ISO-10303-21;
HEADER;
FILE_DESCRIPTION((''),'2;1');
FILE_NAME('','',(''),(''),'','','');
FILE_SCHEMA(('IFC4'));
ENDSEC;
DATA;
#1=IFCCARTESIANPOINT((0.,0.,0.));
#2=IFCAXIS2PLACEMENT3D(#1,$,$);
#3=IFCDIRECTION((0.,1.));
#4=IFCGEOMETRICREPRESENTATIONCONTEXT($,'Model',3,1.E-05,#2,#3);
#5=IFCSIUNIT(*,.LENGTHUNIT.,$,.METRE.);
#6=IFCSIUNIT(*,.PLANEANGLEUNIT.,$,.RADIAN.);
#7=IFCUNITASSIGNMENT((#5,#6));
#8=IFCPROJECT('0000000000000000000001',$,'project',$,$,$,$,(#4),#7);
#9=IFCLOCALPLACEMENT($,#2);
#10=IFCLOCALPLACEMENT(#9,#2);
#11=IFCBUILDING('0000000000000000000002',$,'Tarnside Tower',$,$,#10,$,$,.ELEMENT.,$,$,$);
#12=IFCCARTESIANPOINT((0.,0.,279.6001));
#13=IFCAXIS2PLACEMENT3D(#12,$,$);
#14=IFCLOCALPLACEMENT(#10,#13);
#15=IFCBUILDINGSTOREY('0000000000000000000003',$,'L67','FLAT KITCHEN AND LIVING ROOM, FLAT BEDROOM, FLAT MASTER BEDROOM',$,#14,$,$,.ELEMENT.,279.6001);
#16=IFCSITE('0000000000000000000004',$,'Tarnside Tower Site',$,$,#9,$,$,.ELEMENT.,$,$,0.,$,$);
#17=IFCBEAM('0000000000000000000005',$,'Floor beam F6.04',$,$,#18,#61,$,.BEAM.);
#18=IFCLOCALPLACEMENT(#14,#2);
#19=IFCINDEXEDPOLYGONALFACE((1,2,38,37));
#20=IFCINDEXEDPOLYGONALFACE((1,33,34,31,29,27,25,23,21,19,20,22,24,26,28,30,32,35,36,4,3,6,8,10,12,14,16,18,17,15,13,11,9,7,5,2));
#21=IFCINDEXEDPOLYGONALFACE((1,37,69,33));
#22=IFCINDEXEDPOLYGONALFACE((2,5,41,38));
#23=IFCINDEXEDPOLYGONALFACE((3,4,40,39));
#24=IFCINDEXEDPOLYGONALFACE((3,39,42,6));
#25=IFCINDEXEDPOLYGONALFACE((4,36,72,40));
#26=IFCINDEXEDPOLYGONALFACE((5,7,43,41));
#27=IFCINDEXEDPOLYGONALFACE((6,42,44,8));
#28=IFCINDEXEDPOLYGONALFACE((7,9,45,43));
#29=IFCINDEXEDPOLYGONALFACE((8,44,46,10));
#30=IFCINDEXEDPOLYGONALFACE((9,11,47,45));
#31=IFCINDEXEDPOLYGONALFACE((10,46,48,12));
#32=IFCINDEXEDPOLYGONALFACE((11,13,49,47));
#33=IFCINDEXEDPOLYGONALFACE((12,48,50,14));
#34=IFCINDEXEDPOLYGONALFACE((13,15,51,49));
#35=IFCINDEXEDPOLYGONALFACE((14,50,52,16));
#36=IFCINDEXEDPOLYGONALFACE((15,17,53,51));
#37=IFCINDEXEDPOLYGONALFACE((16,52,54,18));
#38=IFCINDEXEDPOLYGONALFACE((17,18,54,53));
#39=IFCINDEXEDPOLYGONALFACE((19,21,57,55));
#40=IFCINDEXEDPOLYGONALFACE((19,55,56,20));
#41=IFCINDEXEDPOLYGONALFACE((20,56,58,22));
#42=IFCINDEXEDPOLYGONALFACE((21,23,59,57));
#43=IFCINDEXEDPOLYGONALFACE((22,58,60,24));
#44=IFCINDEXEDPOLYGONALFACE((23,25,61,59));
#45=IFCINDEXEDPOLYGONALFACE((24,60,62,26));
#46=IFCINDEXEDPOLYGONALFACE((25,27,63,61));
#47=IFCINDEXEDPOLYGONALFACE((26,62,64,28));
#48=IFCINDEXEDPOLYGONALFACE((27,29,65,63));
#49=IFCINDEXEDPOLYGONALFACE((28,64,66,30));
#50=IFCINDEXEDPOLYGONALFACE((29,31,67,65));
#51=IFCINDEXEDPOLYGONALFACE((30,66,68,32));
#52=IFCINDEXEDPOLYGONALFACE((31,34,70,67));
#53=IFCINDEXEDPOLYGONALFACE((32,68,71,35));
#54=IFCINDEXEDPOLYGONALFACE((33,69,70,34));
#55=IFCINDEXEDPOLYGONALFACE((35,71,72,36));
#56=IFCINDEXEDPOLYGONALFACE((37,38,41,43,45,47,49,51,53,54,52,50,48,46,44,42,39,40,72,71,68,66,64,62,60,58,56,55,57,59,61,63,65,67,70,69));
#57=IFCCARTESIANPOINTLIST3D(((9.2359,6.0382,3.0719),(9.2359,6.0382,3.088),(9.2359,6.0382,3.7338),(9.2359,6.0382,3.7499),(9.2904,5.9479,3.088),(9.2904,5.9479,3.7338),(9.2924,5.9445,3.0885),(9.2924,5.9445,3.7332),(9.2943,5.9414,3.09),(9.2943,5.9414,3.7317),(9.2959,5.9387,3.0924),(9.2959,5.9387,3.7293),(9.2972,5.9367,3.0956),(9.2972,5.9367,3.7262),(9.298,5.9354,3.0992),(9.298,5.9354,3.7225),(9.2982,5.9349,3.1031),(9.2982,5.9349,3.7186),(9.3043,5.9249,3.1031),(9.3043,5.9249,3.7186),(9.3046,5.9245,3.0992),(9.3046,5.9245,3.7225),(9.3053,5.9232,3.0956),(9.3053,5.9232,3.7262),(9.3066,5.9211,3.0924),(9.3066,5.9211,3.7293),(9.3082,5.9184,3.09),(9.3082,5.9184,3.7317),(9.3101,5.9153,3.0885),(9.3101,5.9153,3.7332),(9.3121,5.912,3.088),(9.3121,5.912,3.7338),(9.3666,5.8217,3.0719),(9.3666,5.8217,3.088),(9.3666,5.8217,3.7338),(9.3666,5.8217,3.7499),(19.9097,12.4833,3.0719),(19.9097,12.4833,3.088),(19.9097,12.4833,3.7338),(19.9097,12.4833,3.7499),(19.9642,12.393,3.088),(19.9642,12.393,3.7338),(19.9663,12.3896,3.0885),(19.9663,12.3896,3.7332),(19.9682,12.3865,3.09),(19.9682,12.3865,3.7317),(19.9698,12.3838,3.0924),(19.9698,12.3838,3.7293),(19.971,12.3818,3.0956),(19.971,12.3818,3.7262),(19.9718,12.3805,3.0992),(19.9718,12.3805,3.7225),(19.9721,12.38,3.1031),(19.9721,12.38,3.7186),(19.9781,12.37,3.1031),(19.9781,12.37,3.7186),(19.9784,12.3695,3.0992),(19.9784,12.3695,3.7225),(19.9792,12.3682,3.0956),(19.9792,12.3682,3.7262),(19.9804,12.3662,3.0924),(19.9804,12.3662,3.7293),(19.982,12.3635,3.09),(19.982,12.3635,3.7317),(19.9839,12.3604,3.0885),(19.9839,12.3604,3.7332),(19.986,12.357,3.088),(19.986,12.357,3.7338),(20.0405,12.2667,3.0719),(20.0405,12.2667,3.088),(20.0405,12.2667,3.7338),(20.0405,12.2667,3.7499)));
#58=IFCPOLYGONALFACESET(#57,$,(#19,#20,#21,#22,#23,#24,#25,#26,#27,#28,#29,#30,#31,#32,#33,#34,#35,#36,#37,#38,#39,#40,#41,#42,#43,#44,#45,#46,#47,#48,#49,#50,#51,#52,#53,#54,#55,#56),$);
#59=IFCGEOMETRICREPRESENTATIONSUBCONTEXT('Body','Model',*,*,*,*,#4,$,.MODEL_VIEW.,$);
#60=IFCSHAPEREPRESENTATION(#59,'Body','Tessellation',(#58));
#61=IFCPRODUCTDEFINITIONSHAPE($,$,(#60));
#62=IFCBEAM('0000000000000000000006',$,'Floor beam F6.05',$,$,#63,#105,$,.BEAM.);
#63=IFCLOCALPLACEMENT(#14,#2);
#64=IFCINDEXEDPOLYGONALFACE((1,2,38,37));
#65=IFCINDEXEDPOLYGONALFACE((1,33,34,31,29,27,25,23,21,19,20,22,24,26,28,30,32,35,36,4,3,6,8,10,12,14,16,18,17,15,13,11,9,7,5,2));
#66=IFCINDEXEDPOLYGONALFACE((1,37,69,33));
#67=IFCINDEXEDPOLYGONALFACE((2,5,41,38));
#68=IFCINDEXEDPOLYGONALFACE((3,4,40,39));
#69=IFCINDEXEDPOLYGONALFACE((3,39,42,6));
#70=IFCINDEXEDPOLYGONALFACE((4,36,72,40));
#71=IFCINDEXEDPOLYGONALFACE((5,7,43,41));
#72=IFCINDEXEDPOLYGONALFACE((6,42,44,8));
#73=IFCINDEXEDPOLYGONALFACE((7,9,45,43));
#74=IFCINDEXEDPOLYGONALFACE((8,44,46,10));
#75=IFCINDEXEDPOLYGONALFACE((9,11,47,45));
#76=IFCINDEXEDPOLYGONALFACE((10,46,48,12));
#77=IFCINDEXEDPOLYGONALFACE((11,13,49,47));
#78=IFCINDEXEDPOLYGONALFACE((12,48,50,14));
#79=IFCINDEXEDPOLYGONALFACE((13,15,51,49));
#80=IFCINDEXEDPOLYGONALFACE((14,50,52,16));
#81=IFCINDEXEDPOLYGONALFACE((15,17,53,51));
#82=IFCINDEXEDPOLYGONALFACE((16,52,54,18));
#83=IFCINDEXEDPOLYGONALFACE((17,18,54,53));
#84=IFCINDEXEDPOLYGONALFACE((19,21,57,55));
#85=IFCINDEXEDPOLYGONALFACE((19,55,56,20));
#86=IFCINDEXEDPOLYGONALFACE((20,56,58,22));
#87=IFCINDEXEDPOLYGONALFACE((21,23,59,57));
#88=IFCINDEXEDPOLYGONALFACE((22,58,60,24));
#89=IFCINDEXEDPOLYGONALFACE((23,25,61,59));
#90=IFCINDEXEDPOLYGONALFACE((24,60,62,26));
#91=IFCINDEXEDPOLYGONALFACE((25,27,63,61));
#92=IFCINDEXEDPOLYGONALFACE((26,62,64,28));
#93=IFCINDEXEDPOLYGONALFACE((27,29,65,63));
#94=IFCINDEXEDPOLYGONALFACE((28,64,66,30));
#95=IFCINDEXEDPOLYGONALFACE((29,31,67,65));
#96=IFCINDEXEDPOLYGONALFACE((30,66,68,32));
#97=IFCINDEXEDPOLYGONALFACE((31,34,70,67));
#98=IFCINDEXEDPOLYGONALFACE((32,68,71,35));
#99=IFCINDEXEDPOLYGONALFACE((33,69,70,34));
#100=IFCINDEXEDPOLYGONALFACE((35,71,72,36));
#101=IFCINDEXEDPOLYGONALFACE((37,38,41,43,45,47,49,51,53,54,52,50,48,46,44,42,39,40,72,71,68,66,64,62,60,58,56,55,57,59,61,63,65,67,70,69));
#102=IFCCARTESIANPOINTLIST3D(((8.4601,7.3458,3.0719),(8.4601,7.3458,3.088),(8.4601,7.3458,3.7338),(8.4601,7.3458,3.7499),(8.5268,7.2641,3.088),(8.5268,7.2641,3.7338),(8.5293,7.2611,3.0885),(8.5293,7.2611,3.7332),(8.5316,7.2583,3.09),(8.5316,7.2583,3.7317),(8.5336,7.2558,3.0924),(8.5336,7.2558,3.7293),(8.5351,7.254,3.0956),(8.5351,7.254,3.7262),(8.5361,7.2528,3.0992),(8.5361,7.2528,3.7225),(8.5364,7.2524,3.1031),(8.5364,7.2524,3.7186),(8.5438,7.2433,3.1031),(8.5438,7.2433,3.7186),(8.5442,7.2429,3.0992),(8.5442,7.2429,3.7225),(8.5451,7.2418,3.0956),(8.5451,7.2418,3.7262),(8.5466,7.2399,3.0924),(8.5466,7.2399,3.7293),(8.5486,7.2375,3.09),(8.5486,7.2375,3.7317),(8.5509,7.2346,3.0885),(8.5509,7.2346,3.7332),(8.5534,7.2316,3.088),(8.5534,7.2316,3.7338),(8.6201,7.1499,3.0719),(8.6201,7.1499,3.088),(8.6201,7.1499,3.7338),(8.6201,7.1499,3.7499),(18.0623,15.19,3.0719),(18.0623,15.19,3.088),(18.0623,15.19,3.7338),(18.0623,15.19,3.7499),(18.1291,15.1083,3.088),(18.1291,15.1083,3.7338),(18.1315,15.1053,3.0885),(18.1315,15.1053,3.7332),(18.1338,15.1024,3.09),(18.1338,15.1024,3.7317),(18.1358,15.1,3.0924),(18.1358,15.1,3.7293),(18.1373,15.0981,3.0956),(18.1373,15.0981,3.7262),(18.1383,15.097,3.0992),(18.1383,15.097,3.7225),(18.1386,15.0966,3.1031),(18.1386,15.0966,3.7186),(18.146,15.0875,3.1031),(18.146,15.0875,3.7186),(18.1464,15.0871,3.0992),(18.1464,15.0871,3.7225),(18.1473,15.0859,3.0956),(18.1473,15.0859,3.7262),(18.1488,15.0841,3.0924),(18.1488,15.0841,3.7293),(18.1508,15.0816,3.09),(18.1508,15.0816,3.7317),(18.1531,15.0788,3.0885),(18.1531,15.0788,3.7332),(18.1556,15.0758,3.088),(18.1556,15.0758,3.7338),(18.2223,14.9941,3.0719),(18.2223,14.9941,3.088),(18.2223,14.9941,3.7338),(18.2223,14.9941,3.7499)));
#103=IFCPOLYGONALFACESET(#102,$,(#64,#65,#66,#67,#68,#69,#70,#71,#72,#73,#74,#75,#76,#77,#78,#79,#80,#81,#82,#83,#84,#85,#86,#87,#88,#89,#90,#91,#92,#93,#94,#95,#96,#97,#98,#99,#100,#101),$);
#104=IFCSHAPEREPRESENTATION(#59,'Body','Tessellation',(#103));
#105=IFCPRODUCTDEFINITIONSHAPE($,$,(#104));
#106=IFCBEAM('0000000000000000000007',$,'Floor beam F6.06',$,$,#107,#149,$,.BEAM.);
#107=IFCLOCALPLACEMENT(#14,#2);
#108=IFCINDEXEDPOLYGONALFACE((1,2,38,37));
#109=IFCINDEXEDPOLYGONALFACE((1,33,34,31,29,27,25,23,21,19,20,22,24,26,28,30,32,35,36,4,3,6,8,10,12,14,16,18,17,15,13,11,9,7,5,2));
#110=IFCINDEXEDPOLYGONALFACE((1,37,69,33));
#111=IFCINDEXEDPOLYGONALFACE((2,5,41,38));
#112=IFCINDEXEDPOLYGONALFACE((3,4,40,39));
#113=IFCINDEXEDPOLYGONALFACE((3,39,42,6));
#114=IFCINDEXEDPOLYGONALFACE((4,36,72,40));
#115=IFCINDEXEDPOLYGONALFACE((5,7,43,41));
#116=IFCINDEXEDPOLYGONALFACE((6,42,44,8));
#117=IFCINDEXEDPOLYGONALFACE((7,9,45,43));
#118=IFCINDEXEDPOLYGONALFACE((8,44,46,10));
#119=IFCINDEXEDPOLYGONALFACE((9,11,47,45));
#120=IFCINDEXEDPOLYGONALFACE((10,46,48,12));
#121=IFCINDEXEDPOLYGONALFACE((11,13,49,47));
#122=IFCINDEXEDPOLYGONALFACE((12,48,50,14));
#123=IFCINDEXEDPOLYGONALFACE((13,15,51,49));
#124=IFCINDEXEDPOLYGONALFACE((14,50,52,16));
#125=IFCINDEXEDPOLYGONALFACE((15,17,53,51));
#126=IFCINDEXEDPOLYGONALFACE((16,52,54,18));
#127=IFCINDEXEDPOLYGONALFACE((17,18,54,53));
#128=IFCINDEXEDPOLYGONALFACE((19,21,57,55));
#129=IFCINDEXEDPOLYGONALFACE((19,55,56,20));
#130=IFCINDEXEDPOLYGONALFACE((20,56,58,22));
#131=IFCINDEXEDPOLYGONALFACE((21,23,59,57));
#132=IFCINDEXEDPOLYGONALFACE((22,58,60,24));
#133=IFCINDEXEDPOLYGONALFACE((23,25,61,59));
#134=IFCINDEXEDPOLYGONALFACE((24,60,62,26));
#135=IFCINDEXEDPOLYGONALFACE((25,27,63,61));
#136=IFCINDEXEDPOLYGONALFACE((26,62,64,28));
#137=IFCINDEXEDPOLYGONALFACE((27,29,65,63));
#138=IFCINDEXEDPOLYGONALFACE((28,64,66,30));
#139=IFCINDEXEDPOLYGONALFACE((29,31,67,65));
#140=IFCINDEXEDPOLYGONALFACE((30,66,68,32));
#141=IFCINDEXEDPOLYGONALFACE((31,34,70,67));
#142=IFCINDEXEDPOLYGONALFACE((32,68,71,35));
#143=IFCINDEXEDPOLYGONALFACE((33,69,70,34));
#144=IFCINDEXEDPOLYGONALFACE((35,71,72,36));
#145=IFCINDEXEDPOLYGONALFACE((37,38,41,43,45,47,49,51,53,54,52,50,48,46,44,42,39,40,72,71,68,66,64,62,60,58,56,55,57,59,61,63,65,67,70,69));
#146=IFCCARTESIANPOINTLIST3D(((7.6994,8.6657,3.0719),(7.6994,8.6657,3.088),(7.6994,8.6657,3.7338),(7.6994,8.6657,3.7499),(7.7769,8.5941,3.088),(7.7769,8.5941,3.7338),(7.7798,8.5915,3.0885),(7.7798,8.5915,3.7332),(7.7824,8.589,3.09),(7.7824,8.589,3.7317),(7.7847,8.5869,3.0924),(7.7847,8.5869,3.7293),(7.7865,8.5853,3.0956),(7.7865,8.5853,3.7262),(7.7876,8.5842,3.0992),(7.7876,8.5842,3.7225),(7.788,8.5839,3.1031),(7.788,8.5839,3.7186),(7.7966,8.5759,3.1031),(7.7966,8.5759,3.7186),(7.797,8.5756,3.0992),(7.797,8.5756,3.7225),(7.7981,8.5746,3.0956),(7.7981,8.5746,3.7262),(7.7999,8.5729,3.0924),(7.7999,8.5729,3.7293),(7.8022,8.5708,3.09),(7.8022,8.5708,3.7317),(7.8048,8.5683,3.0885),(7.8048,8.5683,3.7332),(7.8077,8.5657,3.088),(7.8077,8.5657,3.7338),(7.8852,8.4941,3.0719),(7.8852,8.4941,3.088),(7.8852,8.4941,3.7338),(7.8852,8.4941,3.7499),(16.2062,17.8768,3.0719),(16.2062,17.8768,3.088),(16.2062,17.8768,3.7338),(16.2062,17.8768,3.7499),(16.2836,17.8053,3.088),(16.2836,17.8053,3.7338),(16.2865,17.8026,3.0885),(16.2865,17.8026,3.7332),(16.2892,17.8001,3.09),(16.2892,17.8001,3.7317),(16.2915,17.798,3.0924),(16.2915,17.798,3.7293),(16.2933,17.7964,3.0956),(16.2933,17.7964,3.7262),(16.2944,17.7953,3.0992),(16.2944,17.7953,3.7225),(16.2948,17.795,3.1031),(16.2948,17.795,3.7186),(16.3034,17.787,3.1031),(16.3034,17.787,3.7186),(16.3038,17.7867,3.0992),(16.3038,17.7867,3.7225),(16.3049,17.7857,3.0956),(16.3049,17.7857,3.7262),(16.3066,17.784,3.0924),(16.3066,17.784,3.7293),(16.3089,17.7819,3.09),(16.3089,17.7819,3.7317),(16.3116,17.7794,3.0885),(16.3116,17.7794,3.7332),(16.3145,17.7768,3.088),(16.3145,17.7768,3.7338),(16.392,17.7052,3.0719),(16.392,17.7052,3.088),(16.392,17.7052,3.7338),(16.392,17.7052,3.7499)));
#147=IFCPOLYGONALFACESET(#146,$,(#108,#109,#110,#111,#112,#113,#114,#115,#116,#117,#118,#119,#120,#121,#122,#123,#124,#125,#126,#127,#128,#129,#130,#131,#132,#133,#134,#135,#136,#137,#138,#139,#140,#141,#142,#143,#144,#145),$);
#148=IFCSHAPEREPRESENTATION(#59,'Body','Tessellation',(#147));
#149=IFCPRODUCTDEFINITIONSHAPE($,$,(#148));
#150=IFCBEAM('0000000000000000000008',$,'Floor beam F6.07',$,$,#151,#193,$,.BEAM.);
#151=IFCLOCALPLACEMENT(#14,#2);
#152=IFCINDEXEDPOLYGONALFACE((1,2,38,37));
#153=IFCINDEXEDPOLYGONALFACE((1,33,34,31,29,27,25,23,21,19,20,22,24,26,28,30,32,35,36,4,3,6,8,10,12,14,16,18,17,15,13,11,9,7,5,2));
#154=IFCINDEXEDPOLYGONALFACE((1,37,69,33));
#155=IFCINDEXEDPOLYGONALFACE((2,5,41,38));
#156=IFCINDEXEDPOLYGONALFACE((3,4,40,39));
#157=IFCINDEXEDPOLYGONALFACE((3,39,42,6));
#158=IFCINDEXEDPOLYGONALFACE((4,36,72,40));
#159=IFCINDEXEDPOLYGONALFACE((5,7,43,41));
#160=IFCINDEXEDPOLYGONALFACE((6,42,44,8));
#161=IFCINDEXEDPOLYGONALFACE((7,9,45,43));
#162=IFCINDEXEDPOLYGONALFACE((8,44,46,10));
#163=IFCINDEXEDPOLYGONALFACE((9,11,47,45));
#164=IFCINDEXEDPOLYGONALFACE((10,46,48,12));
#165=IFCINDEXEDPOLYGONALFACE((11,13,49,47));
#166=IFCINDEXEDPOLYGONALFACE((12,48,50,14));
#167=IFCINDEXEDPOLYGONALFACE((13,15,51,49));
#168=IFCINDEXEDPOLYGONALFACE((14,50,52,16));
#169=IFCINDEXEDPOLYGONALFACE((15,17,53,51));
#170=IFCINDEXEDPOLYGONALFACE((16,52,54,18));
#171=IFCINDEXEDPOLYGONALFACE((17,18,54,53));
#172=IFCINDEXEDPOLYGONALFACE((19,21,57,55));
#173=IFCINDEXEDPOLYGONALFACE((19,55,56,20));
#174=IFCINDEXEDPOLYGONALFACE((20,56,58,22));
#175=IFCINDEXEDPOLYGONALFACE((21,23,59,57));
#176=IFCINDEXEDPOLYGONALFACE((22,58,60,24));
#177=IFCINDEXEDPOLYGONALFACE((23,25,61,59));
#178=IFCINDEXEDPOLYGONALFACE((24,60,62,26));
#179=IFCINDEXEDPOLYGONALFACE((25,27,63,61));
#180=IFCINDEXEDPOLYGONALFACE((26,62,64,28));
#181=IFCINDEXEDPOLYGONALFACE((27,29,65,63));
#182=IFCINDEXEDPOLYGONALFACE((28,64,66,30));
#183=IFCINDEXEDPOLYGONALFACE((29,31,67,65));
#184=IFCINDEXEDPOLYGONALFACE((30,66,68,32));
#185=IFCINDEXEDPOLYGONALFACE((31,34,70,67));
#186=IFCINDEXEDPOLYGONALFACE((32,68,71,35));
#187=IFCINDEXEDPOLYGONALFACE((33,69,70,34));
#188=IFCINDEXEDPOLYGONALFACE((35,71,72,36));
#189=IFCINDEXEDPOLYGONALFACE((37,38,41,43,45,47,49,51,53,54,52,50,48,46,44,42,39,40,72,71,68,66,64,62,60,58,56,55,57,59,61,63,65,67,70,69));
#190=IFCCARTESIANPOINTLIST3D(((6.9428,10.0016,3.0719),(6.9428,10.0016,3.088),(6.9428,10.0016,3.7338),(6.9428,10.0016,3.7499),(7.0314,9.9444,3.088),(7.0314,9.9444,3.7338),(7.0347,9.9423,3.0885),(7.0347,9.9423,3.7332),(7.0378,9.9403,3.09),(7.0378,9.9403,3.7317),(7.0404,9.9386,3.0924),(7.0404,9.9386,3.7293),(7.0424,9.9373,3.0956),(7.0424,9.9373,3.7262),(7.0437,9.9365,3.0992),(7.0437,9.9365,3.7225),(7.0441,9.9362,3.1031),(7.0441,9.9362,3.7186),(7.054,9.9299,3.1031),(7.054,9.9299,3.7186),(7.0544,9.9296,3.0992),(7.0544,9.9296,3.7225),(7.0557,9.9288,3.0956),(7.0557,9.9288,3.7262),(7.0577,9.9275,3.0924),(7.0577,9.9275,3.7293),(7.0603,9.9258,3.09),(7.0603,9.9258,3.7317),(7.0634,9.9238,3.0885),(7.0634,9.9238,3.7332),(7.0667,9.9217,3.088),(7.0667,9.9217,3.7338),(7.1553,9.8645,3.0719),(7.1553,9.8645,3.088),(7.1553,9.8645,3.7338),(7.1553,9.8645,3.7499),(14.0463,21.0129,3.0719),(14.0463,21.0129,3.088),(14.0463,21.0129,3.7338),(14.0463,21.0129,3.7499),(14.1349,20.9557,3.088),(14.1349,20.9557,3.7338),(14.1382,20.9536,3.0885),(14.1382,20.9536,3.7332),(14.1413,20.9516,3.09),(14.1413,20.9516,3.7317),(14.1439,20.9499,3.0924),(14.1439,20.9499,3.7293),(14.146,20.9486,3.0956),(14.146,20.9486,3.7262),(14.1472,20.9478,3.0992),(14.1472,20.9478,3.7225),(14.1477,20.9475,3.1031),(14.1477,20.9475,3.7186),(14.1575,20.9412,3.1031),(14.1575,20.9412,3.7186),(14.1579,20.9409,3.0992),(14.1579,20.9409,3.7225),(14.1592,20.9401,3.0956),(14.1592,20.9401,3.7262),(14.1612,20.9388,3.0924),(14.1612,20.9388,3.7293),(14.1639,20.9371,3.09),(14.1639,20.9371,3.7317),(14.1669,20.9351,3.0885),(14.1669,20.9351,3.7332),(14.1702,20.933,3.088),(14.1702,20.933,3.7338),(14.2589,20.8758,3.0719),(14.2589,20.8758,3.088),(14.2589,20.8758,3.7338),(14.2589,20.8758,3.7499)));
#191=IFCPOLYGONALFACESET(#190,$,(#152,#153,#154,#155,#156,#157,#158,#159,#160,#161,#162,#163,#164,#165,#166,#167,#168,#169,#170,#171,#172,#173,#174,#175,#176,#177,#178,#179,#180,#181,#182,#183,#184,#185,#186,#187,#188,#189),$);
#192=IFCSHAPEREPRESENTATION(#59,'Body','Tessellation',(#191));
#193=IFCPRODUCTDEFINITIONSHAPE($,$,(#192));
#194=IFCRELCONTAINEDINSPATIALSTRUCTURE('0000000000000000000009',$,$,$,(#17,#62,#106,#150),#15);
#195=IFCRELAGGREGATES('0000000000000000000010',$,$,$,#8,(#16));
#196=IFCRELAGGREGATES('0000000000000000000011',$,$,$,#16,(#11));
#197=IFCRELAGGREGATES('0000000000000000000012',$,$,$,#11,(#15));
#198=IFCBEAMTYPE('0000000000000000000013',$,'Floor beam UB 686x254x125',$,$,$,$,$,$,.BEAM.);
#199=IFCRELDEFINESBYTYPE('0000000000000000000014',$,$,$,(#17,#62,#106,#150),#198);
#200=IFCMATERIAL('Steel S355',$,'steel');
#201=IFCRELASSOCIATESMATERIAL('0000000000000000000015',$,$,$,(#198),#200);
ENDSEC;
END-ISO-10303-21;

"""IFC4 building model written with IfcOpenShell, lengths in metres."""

from ifc_helpers import new_model, si_unit, direction, frame, origin, origin_2d, place, context, subcontext, project, spatial, i_section, extrude, material, material_profile, profile_set, type_object, element, save


model = new_model("IFC4")

# Units and contexts
model_context = context("Model", 3, precision=1e-05, world=origin(), true_north=direction((0.0, 1.0)))
body_context = subcontext(model_context, "Body", "Model", "MODEL_VIEW")
ifc_project = project(units=[si_unit("LENGTHUNIT", "METRE"), si_unit("PLANEANGLEUNIT", "RADIAN")], contexts=[model_context])

# Site, building, storey
site_placement = place(None, origin())
site = spatial("IfcSite", under=ifc_project, at=site_placement, Name="Tarnside Tower Site", CompositionType="ELEMENT", RefElevation=0.0)
building_placement = place(site_placement, origin())
building = spatial("IfcBuilding", under=site, at=building_placement, Name="Tarnside Tower", CompositionType="ELEMENT")
storey_placement = place(building_placement, frame((0.0, 0.0, 279.6001)))
storey = spatial("IfcBuildingStorey", under=building, at=storey_placement, Name="L67", Description="FLAT KITCHEN AND LIVING ROOM, FLAT BEDROOM, FLAT MASTER BEDROOM", CompositionType="ELEMENT", Elevation=279.6001)

# Beams
ifc_material_1 = material(Name="Steel S355", Category="steel")
ifc_material_profile_1 = material_profile(ifc_material_1, i_section(OverallWidth=0.2529, OverallDepth=0.678, WebThickness=0.0117, FlangeThickness=0.0161, FilletRadius=0.0151, at=origin_2d()), Name="UB 686x254x125")
ifc_profile_set_1 = profile_set([ifc_material_profile_1], Name="Steel S355")
beam_type_1 = type_object("IfcBeamType", Name="Floor beam UB 686x254x125", PredefinedType="BEAM", material=ifc_profile_set_1)
beam_1_placement = place(storey_placement, frame((19.9751, 12.375, 3.4109), z_axis=(-0.856047, -0.516898, 0.0), x_axis=(0.516898, -0.856047, 0.0)))
element("IfcBeam", 1, at=beam_1_placement, inside=storey, type_object=beam_type_1, Name="Floor beam F6.04", PredefinedType="BEAM", context=body_context, shape_type="SweptSolid", body=[
    extrude(i_section(OverallWidth=0.2529, OverallDepth=0.678, WebThickness=0.0117, FlangeThickness=0.0161, FilletRadius=0.0151, at=origin_2d()), origin(), (0.0, 0.0, 1.0), 12.4688),
])
beam_2_placement = place(storey_placement, frame((18.1423, 15.092, 3.4109), z_axis=(-0.774439, -0.632649, 0.0), x_axis=(0.632649, -0.774439, 0.0)))
element("IfcBeam", 2, at=beam_2_placement, inside=storey, type_object=beam_type_1, Name="Floor beam F6.05", PredefinedType="BEAM", context=body_context, shape_type="SweptSolid", body=[
    extrude(i_section(OverallWidth=0.2529, OverallDepth=0.678, WebThickness=0.0117, FlangeThickness=0.0161, FilletRadius=0.0151, at=origin_2d()), origin(), (0.0, 0.0, 1.0), 12.3989),
])
beam_3_placement = place(storey_placement, frame((16.2991, 17.791, 3.4109), z_axis=(-0.678461, -0.734636, 0.0), x_axis=(0.734636, -0.678461, 0.0)))
element("IfcBeam", 3, at=beam_3_placement, inside=storey, type_object=beam_type_1, Name="Floor beam F6.06", PredefinedType="BEAM", context=body_context, shape_type="SweptSolid", body=[
    extrude(i_section(OverallWidth=0.2529, OverallDepth=0.678, WebThickness=0.0117, FlangeThickness=0.0161, FilletRadius=0.0151, at=origin_2d()), origin(), (0.0, 0.0, 1.0), 12.5383),
])
beam_4_placement = place(storey_placement, frame((14.1526, 20.9443, 3.4109), z_axis=(-0.5421, -0.840314, 0.0), x_axis=(0.840314, -0.5421, 0.0)))
element("IfcBeam", 4, at=beam_4_placement, inside=storey, type_object=beam_type_1, Name="Floor beam F6.07", PredefinedType="BEAM", context=body_context, shape_type="SweptSolid", body=[
    extrude(i_section(OverallWidth=0.2529, OverallDepth=0.678, WebThickness=0.0117, FlangeThickness=0.0161, FilletRadius=0.0151, at=origin_2d()), origin(), (0.0, 0.0, 1.0), 13.1038),
])

save(model, "model.ifc")
